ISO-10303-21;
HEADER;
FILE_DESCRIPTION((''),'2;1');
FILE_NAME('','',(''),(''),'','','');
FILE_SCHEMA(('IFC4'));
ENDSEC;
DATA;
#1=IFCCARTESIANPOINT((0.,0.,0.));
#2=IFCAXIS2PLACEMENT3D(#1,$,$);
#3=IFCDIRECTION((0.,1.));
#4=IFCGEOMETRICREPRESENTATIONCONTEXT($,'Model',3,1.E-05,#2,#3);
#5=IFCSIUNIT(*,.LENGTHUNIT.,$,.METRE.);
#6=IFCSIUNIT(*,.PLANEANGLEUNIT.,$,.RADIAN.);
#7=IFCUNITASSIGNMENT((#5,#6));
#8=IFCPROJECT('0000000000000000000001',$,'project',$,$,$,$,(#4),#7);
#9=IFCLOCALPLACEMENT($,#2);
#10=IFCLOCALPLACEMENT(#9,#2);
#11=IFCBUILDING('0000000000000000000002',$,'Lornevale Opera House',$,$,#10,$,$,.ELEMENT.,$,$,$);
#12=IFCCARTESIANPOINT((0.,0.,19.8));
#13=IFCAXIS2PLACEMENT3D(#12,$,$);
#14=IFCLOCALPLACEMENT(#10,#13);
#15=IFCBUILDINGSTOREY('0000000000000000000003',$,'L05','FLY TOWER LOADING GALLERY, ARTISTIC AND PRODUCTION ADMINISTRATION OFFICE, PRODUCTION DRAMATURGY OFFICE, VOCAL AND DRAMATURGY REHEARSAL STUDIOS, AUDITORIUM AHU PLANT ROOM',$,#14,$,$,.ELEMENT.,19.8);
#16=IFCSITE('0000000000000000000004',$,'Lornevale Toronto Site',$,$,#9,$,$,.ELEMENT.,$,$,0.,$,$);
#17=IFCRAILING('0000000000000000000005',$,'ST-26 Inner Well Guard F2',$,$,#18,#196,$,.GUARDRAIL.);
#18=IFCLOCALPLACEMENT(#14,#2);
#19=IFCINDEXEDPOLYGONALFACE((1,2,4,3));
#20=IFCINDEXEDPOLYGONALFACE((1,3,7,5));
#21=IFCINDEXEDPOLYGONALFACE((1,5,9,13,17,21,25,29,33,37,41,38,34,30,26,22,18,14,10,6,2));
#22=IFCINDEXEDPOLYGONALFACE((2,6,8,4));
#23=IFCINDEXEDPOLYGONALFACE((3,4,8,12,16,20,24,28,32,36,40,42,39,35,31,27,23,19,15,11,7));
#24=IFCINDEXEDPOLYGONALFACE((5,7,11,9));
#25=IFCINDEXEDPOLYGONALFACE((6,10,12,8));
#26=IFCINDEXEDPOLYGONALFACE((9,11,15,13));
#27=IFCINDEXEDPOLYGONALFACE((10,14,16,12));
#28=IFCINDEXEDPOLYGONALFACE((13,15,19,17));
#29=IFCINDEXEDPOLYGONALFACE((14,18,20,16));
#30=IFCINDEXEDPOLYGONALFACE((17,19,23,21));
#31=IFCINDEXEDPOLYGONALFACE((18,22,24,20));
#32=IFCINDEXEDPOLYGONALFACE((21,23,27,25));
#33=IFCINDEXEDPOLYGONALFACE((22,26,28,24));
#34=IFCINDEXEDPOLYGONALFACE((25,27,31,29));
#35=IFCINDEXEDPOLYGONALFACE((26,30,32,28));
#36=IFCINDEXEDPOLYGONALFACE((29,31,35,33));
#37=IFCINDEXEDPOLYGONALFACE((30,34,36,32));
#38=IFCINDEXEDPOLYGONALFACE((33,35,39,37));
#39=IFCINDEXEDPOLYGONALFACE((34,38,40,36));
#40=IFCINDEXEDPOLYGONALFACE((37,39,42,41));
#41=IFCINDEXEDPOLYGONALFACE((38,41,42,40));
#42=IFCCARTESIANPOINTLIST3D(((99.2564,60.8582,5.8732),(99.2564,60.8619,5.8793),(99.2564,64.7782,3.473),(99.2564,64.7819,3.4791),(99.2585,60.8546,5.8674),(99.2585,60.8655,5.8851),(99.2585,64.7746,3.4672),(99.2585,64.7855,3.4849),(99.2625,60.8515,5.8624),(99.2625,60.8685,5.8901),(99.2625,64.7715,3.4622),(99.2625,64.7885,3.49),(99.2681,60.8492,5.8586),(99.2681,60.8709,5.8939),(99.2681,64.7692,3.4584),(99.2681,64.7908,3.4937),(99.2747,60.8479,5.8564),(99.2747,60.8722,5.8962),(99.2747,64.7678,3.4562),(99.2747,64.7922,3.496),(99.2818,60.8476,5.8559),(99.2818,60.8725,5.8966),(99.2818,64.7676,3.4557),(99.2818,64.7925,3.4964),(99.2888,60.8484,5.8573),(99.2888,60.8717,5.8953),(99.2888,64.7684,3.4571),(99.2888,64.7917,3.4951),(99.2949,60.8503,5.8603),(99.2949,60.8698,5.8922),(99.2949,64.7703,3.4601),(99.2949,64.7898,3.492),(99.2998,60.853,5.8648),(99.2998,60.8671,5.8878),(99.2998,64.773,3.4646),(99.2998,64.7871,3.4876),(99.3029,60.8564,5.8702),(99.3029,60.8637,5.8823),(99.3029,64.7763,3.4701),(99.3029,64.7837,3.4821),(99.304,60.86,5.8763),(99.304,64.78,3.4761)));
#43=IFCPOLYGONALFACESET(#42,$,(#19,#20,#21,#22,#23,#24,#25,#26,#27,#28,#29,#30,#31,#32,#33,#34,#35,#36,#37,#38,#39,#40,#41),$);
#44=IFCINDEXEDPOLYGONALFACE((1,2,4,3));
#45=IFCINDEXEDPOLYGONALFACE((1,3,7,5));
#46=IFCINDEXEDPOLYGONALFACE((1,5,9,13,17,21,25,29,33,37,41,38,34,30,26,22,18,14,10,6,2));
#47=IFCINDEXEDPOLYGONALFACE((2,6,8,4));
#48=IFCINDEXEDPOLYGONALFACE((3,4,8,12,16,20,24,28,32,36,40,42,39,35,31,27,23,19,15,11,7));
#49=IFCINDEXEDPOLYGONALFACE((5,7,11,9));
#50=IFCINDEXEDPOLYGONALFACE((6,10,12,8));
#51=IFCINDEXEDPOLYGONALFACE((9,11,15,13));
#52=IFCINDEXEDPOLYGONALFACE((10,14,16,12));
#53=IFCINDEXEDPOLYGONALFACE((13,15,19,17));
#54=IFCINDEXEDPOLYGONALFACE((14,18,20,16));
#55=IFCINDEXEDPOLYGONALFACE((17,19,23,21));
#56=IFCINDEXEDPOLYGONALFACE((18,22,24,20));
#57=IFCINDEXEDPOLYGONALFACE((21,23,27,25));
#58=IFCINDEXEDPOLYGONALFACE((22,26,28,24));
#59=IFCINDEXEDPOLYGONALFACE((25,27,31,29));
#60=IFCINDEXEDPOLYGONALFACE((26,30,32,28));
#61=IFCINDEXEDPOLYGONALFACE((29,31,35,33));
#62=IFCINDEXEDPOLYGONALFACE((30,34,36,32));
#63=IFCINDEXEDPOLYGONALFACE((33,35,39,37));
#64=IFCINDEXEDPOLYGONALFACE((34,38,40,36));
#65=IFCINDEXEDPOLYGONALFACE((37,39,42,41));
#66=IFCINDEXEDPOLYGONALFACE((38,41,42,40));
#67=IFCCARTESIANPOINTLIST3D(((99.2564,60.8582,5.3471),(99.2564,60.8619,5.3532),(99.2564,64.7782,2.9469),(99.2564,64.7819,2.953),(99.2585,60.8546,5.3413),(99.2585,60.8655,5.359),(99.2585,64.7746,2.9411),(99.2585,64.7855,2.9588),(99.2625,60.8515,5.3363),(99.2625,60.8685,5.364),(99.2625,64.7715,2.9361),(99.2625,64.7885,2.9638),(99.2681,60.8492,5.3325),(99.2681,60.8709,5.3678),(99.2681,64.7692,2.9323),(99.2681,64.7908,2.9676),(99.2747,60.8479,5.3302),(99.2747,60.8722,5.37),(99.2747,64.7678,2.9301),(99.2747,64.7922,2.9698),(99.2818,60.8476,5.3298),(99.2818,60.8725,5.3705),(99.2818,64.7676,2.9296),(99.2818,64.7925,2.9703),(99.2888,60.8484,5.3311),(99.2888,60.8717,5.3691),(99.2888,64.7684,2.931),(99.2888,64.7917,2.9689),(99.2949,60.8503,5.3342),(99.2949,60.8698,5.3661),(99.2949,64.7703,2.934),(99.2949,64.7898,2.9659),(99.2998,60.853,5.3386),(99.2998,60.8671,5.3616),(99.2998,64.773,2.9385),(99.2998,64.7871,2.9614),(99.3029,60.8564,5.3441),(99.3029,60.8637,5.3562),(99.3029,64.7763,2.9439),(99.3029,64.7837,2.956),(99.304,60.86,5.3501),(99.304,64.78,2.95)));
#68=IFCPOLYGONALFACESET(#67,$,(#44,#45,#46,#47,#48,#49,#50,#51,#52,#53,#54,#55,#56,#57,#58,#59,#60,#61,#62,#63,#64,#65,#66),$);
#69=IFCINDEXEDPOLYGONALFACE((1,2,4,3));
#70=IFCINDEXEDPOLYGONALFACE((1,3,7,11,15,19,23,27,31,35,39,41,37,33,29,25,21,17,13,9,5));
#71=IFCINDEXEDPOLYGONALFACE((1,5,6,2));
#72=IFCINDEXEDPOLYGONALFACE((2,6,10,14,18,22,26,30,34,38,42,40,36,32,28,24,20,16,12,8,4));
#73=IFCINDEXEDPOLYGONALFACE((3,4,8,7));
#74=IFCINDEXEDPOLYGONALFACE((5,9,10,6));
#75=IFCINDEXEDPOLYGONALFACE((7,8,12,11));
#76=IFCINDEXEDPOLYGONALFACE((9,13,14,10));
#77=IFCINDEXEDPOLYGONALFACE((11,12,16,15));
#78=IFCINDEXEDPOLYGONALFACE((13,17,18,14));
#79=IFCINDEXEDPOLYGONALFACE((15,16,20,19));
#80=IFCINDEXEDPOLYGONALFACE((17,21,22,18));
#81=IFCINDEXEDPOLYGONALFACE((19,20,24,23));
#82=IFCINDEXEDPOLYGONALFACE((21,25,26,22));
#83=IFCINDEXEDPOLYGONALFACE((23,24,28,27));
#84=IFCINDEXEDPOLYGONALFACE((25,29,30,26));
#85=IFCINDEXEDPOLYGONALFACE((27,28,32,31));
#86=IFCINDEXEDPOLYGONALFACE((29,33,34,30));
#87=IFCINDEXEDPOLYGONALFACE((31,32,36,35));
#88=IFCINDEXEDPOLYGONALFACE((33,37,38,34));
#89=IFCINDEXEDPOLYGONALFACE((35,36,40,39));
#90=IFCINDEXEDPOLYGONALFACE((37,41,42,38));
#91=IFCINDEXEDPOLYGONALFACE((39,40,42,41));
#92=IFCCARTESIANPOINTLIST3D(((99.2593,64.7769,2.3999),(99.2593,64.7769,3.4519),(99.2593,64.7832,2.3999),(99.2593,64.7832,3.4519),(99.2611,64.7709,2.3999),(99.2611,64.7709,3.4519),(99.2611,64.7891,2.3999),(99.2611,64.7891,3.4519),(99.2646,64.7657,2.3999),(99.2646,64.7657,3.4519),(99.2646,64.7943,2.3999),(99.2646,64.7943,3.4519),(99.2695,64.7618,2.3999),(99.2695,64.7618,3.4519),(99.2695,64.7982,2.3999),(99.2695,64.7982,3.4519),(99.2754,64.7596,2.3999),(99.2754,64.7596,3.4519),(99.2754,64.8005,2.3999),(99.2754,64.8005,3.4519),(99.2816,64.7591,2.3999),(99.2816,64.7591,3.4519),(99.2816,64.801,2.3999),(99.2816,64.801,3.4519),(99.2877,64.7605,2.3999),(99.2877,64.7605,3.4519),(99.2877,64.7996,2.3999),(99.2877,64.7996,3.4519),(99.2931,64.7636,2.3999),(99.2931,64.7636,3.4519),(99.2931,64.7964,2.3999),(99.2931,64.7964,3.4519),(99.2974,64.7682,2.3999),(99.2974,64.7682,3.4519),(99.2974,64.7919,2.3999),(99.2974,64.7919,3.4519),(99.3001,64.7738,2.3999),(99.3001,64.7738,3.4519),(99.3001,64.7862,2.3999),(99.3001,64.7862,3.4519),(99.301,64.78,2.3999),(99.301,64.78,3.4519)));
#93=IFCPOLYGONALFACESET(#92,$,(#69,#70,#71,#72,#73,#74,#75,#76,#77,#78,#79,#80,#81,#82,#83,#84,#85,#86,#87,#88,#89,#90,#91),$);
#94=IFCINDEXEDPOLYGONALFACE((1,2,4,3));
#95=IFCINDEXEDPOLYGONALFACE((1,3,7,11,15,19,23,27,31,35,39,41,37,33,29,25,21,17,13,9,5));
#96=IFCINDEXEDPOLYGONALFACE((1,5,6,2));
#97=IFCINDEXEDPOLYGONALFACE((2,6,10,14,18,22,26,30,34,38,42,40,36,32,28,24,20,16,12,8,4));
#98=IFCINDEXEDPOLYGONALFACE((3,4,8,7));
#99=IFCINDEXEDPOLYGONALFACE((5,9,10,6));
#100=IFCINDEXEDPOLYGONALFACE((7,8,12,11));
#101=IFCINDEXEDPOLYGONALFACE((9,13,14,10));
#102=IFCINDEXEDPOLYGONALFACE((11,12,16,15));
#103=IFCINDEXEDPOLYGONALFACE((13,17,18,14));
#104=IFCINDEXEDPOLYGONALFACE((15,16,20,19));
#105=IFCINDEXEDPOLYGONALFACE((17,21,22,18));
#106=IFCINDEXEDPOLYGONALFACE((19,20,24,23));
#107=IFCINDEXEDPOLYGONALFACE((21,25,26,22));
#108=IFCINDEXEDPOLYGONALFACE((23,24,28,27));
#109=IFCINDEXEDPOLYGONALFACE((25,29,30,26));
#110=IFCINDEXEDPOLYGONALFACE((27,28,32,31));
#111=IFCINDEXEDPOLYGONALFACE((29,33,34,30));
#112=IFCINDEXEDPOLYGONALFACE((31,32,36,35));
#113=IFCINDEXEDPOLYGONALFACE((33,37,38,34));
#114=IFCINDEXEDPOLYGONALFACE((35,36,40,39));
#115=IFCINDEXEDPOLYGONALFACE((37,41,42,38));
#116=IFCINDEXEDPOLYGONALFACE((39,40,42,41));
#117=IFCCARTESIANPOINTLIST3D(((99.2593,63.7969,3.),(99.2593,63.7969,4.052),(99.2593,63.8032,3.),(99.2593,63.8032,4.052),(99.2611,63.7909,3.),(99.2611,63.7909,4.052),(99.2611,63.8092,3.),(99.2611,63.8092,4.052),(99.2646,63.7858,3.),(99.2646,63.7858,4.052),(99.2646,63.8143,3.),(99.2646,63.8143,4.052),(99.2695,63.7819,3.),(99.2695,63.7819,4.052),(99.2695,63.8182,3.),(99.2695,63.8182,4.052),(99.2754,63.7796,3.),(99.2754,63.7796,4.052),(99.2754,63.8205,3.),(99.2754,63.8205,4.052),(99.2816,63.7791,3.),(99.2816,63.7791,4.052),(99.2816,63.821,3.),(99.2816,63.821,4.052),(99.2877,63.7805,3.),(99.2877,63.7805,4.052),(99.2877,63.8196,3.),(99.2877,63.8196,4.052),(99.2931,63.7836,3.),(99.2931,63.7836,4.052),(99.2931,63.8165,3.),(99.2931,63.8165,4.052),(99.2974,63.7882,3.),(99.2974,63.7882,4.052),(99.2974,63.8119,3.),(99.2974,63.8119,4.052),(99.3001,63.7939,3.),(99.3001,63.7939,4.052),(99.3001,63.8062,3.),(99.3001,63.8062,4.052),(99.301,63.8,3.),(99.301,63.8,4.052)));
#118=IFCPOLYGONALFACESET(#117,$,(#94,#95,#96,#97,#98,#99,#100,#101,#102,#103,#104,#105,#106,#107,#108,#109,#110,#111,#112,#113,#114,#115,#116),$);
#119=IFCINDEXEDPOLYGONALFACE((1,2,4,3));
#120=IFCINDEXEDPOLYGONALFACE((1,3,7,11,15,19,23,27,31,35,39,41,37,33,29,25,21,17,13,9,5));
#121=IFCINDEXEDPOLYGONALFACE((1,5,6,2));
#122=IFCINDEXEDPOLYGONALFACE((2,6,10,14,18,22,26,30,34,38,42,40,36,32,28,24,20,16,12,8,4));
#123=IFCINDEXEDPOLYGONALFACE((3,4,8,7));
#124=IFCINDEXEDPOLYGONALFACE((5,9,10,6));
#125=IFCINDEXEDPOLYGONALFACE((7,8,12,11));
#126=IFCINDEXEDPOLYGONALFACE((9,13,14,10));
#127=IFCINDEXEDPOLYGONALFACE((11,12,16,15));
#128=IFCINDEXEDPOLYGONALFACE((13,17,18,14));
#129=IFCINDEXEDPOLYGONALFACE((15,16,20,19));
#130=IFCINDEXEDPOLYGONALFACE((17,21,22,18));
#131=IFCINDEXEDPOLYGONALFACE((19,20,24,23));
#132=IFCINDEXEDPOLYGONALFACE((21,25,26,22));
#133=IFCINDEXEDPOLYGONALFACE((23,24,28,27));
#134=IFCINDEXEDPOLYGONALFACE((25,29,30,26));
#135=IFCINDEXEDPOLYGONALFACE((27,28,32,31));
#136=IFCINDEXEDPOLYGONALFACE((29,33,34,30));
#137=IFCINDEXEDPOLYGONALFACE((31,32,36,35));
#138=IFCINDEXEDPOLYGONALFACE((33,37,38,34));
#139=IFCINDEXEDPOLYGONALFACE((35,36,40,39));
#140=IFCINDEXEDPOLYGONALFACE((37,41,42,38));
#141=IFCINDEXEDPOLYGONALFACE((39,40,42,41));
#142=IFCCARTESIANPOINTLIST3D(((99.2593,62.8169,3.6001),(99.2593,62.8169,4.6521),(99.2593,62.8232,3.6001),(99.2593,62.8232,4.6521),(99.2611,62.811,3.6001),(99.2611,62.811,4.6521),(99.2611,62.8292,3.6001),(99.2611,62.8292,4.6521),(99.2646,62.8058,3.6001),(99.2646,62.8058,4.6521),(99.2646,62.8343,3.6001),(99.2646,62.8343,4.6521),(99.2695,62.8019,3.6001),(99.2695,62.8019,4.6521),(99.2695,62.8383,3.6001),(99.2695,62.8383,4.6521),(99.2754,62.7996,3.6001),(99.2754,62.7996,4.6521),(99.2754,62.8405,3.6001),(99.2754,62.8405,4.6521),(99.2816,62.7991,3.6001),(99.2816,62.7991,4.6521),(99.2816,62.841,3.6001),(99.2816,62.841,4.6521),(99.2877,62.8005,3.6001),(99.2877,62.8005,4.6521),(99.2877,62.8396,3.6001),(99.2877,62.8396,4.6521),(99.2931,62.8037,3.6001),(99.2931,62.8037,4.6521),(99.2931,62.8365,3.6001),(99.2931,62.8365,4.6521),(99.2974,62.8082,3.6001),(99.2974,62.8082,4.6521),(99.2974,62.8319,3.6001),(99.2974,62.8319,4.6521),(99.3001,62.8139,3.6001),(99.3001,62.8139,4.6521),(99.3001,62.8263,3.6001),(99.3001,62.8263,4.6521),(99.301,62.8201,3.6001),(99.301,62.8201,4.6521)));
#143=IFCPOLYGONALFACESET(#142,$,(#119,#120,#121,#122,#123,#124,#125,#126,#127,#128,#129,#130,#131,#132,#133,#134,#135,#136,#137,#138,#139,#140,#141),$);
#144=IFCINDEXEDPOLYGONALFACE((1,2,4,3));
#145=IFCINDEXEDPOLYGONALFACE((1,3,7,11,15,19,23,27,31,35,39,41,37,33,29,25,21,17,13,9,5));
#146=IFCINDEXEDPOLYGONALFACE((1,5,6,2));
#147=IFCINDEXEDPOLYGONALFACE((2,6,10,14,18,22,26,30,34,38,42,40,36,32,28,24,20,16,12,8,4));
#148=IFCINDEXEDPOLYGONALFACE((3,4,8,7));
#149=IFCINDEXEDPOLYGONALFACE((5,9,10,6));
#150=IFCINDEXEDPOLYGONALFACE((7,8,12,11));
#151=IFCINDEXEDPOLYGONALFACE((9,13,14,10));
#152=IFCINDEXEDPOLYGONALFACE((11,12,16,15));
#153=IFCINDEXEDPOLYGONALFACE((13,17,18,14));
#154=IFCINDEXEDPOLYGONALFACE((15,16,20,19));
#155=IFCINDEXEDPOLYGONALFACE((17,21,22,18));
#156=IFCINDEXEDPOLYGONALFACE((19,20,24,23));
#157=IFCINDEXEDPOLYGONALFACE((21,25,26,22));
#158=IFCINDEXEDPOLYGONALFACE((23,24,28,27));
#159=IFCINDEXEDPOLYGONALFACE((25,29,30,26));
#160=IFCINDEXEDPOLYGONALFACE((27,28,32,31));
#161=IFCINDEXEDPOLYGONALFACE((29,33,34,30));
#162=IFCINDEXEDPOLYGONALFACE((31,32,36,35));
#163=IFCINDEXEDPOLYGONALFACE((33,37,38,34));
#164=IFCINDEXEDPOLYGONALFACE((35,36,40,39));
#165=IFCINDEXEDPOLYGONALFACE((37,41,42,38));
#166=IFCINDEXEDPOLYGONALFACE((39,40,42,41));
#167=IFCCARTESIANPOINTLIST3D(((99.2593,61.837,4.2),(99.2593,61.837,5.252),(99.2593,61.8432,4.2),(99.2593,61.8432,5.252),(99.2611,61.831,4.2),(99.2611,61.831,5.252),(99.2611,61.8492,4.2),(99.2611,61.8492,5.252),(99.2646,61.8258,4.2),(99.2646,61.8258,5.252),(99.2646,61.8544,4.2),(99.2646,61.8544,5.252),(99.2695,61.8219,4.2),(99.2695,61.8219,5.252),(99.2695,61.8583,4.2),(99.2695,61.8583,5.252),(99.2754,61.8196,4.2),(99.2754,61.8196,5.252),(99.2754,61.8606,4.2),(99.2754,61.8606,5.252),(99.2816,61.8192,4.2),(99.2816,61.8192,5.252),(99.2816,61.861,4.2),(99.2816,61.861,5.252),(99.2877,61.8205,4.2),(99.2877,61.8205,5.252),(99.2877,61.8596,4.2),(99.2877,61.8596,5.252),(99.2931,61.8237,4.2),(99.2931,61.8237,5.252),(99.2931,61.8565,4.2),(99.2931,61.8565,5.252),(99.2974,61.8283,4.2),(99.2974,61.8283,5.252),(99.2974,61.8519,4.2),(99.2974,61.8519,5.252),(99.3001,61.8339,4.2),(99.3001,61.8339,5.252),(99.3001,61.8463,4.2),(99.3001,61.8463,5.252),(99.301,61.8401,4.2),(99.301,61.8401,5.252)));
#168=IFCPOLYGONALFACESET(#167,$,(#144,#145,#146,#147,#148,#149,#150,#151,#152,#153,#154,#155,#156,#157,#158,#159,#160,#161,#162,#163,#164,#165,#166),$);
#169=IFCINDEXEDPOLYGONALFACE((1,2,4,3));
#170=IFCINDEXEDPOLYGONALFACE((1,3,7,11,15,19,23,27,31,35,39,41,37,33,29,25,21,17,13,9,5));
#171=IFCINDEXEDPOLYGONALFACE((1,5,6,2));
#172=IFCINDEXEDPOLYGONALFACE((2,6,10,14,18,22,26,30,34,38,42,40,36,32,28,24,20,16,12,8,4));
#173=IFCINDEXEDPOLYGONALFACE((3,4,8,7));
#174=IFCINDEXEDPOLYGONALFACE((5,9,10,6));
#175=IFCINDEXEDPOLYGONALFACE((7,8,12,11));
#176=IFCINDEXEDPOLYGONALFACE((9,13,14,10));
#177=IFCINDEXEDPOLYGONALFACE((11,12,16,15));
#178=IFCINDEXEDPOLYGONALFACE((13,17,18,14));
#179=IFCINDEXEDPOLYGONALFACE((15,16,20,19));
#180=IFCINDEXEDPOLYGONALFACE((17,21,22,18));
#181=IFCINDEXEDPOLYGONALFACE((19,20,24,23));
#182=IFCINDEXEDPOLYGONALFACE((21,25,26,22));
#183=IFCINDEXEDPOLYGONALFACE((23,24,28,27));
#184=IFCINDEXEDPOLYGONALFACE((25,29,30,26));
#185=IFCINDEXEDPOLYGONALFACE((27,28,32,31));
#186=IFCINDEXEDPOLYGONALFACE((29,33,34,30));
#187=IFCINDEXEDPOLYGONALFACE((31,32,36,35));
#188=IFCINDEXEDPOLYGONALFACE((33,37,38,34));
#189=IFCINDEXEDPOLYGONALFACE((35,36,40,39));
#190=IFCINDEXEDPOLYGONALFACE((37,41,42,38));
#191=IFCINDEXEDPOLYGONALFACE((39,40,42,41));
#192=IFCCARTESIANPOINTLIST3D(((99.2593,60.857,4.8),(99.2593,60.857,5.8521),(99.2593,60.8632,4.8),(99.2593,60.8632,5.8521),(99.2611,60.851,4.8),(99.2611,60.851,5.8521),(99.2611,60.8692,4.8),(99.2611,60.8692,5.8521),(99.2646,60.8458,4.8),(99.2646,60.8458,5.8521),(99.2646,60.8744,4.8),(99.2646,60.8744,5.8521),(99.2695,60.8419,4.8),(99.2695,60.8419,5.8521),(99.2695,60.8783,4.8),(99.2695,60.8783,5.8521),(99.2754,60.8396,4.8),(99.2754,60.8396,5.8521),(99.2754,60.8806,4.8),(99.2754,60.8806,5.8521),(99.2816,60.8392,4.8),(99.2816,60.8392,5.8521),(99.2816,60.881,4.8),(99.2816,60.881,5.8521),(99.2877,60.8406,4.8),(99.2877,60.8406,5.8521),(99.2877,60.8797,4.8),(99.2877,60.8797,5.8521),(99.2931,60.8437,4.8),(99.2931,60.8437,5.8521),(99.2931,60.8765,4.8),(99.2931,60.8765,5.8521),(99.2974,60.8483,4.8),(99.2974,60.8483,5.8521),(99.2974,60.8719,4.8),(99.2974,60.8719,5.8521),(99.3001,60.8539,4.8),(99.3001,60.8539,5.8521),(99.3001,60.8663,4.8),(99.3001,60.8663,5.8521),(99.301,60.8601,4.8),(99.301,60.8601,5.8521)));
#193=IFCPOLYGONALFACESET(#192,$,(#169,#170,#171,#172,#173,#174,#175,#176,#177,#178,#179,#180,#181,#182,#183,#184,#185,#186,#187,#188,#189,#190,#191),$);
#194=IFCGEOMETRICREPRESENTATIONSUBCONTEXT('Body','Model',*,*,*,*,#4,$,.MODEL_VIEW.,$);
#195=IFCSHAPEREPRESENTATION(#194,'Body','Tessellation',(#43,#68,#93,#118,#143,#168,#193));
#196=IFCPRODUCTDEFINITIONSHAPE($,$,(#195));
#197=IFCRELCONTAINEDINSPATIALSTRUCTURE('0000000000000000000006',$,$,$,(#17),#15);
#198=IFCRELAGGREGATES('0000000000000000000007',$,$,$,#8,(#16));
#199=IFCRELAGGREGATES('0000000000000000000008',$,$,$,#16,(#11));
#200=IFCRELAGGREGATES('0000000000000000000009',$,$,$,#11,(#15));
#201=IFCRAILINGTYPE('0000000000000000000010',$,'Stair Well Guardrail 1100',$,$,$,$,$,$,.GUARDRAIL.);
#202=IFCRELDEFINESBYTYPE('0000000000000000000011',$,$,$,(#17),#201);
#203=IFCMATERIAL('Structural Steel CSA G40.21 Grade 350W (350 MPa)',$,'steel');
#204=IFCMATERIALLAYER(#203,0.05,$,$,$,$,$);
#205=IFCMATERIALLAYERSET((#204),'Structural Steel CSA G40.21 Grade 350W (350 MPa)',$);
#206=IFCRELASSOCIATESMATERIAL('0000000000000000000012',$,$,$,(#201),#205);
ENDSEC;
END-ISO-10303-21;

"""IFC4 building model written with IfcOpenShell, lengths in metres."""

from ifc_helpers import new_model, si_unit, direction, frame, origin, origin_2d, place, context, subcontext, project, spatial, circle, extrude, material, layer, layer_set, type_object, element, save


model = new_model("IFC4")

# Units and contexts
model_context = context("Model", 3, precision=1e-05, world=origin(), true_north=direction((0.0, 1.0)))
body_context = subcontext(model_context, "Body", "Model", "MODEL_VIEW")
ifc_project = project(units=[si_unit("LENGTHUNIT", "METRE"), si_unit("PLANEANGLEUNIT", "RADIAN")], contexts=[model_context])

# Site, building, storey
site_placement = place(None, origin())
site = spatial("IfcSite", under=ifc_project, at=site_placement, Name="Lornevale Toronto Site", CompositionType="ELEMENT", RefElevation=0.0)
building_placement = place(site_placement, origin())
building = spatial("IfcBuilding", under=site, at=building_placement, Name="Lornevale Opera House", CompositionType="ELEMENT")
storey_placement = place(building_placement, frame((0.0, 0.0, 19.8)))
storey = spatial("IfcBuildingStorey", under=building, at=storey_placement, Name="L05", Description="FLY TOWER LOADING GALLERY, ARTISTIC AND PRODUCTION ADMINISTRATION OFFICE, PRODUCTION DRAMATURGY OFFICE, VOCAL AND DRAMATURGY REHEARSAL STUDIOS, AUDITORIUM AHU PLANT ROOM", CompositionType="ELEMENT", Elevation=19.8)

# Shared definitions
ifc_material_1 = material(Name="Structural Steel CSA G40.21 Grade 350W (350 MPa)", Category="steel")

# Railing
ifc_layer_1 = layer(ifc_material_1, 0.05)
ifc_layer_set_1 = layer_set([ifc_layer_1], Name="Structural Steel CSA G40.21 Grade 350W (350 MPa)")
railing_type_1 = type_object("IfcRailingType", Name="Stair Well Guardrail 1100", PredefinedType="GUARDRAIL", material=ifc_layer_set_1)
railing_1_placement = place(storey_placement, frame((99.28, 64.78, 2.3999)))
element("IfcRailing", 1, at=railing_1_placement, inside=storey, type_object=railing_type_1, Name="ST-26 Inner Well Guard F2", PredefinedType="GUARDRAIL", context=body_context, shape_type="SweptSolid", body=[
    extrude(circle(Radius=0.0239, at=origin_2d()), frame((0.0, 0.0, 1.0762), z_axis=(0.0, -0.852832, 0.522185), x_axis=(1.0, 0.0, 0.0)), (0.0, 0.0, 1.0), 4.5964),
    extrude(circle(Radius=0.0239, at=origin_2d()), frame((0.0, 0.0, 0.55), z_axis=(0.0, -0.852832, 0.522185), x_axis=(1.0, 0.0, 0.0)), (0.0, 0.0, 1.0), 4.5964),
    extrude(circle(Radius=0.021, at=origin_2d()), origin(), (0.0, 0.0, 1.0), 1.052),
    extrude(circle(Radius=0.021, at=origin_2d()), frame((0.0, -0.98, 0.6001)), (0.0, 0.0, 1.0), 1.052),
    extrude(circle(Radius=0.021, at=origin_2d()), frame((0.0, -1.96, 1.2002)), (0.0, 0.0, 1.0), 1.052),
    extrude(circle(Radius=0.021, at=origin_2d()), frame((0.0, -2.9399, 1.8)), (0.0, 0.0, 1.0), 1.052),
    extrude(circle(Radius=0.021, at=origin_2d()), frame((0.0, -3.9199, 2.4001)), (0.0, 0.0, 1.0), 1.052),
])

save(model, "model.ifc")
